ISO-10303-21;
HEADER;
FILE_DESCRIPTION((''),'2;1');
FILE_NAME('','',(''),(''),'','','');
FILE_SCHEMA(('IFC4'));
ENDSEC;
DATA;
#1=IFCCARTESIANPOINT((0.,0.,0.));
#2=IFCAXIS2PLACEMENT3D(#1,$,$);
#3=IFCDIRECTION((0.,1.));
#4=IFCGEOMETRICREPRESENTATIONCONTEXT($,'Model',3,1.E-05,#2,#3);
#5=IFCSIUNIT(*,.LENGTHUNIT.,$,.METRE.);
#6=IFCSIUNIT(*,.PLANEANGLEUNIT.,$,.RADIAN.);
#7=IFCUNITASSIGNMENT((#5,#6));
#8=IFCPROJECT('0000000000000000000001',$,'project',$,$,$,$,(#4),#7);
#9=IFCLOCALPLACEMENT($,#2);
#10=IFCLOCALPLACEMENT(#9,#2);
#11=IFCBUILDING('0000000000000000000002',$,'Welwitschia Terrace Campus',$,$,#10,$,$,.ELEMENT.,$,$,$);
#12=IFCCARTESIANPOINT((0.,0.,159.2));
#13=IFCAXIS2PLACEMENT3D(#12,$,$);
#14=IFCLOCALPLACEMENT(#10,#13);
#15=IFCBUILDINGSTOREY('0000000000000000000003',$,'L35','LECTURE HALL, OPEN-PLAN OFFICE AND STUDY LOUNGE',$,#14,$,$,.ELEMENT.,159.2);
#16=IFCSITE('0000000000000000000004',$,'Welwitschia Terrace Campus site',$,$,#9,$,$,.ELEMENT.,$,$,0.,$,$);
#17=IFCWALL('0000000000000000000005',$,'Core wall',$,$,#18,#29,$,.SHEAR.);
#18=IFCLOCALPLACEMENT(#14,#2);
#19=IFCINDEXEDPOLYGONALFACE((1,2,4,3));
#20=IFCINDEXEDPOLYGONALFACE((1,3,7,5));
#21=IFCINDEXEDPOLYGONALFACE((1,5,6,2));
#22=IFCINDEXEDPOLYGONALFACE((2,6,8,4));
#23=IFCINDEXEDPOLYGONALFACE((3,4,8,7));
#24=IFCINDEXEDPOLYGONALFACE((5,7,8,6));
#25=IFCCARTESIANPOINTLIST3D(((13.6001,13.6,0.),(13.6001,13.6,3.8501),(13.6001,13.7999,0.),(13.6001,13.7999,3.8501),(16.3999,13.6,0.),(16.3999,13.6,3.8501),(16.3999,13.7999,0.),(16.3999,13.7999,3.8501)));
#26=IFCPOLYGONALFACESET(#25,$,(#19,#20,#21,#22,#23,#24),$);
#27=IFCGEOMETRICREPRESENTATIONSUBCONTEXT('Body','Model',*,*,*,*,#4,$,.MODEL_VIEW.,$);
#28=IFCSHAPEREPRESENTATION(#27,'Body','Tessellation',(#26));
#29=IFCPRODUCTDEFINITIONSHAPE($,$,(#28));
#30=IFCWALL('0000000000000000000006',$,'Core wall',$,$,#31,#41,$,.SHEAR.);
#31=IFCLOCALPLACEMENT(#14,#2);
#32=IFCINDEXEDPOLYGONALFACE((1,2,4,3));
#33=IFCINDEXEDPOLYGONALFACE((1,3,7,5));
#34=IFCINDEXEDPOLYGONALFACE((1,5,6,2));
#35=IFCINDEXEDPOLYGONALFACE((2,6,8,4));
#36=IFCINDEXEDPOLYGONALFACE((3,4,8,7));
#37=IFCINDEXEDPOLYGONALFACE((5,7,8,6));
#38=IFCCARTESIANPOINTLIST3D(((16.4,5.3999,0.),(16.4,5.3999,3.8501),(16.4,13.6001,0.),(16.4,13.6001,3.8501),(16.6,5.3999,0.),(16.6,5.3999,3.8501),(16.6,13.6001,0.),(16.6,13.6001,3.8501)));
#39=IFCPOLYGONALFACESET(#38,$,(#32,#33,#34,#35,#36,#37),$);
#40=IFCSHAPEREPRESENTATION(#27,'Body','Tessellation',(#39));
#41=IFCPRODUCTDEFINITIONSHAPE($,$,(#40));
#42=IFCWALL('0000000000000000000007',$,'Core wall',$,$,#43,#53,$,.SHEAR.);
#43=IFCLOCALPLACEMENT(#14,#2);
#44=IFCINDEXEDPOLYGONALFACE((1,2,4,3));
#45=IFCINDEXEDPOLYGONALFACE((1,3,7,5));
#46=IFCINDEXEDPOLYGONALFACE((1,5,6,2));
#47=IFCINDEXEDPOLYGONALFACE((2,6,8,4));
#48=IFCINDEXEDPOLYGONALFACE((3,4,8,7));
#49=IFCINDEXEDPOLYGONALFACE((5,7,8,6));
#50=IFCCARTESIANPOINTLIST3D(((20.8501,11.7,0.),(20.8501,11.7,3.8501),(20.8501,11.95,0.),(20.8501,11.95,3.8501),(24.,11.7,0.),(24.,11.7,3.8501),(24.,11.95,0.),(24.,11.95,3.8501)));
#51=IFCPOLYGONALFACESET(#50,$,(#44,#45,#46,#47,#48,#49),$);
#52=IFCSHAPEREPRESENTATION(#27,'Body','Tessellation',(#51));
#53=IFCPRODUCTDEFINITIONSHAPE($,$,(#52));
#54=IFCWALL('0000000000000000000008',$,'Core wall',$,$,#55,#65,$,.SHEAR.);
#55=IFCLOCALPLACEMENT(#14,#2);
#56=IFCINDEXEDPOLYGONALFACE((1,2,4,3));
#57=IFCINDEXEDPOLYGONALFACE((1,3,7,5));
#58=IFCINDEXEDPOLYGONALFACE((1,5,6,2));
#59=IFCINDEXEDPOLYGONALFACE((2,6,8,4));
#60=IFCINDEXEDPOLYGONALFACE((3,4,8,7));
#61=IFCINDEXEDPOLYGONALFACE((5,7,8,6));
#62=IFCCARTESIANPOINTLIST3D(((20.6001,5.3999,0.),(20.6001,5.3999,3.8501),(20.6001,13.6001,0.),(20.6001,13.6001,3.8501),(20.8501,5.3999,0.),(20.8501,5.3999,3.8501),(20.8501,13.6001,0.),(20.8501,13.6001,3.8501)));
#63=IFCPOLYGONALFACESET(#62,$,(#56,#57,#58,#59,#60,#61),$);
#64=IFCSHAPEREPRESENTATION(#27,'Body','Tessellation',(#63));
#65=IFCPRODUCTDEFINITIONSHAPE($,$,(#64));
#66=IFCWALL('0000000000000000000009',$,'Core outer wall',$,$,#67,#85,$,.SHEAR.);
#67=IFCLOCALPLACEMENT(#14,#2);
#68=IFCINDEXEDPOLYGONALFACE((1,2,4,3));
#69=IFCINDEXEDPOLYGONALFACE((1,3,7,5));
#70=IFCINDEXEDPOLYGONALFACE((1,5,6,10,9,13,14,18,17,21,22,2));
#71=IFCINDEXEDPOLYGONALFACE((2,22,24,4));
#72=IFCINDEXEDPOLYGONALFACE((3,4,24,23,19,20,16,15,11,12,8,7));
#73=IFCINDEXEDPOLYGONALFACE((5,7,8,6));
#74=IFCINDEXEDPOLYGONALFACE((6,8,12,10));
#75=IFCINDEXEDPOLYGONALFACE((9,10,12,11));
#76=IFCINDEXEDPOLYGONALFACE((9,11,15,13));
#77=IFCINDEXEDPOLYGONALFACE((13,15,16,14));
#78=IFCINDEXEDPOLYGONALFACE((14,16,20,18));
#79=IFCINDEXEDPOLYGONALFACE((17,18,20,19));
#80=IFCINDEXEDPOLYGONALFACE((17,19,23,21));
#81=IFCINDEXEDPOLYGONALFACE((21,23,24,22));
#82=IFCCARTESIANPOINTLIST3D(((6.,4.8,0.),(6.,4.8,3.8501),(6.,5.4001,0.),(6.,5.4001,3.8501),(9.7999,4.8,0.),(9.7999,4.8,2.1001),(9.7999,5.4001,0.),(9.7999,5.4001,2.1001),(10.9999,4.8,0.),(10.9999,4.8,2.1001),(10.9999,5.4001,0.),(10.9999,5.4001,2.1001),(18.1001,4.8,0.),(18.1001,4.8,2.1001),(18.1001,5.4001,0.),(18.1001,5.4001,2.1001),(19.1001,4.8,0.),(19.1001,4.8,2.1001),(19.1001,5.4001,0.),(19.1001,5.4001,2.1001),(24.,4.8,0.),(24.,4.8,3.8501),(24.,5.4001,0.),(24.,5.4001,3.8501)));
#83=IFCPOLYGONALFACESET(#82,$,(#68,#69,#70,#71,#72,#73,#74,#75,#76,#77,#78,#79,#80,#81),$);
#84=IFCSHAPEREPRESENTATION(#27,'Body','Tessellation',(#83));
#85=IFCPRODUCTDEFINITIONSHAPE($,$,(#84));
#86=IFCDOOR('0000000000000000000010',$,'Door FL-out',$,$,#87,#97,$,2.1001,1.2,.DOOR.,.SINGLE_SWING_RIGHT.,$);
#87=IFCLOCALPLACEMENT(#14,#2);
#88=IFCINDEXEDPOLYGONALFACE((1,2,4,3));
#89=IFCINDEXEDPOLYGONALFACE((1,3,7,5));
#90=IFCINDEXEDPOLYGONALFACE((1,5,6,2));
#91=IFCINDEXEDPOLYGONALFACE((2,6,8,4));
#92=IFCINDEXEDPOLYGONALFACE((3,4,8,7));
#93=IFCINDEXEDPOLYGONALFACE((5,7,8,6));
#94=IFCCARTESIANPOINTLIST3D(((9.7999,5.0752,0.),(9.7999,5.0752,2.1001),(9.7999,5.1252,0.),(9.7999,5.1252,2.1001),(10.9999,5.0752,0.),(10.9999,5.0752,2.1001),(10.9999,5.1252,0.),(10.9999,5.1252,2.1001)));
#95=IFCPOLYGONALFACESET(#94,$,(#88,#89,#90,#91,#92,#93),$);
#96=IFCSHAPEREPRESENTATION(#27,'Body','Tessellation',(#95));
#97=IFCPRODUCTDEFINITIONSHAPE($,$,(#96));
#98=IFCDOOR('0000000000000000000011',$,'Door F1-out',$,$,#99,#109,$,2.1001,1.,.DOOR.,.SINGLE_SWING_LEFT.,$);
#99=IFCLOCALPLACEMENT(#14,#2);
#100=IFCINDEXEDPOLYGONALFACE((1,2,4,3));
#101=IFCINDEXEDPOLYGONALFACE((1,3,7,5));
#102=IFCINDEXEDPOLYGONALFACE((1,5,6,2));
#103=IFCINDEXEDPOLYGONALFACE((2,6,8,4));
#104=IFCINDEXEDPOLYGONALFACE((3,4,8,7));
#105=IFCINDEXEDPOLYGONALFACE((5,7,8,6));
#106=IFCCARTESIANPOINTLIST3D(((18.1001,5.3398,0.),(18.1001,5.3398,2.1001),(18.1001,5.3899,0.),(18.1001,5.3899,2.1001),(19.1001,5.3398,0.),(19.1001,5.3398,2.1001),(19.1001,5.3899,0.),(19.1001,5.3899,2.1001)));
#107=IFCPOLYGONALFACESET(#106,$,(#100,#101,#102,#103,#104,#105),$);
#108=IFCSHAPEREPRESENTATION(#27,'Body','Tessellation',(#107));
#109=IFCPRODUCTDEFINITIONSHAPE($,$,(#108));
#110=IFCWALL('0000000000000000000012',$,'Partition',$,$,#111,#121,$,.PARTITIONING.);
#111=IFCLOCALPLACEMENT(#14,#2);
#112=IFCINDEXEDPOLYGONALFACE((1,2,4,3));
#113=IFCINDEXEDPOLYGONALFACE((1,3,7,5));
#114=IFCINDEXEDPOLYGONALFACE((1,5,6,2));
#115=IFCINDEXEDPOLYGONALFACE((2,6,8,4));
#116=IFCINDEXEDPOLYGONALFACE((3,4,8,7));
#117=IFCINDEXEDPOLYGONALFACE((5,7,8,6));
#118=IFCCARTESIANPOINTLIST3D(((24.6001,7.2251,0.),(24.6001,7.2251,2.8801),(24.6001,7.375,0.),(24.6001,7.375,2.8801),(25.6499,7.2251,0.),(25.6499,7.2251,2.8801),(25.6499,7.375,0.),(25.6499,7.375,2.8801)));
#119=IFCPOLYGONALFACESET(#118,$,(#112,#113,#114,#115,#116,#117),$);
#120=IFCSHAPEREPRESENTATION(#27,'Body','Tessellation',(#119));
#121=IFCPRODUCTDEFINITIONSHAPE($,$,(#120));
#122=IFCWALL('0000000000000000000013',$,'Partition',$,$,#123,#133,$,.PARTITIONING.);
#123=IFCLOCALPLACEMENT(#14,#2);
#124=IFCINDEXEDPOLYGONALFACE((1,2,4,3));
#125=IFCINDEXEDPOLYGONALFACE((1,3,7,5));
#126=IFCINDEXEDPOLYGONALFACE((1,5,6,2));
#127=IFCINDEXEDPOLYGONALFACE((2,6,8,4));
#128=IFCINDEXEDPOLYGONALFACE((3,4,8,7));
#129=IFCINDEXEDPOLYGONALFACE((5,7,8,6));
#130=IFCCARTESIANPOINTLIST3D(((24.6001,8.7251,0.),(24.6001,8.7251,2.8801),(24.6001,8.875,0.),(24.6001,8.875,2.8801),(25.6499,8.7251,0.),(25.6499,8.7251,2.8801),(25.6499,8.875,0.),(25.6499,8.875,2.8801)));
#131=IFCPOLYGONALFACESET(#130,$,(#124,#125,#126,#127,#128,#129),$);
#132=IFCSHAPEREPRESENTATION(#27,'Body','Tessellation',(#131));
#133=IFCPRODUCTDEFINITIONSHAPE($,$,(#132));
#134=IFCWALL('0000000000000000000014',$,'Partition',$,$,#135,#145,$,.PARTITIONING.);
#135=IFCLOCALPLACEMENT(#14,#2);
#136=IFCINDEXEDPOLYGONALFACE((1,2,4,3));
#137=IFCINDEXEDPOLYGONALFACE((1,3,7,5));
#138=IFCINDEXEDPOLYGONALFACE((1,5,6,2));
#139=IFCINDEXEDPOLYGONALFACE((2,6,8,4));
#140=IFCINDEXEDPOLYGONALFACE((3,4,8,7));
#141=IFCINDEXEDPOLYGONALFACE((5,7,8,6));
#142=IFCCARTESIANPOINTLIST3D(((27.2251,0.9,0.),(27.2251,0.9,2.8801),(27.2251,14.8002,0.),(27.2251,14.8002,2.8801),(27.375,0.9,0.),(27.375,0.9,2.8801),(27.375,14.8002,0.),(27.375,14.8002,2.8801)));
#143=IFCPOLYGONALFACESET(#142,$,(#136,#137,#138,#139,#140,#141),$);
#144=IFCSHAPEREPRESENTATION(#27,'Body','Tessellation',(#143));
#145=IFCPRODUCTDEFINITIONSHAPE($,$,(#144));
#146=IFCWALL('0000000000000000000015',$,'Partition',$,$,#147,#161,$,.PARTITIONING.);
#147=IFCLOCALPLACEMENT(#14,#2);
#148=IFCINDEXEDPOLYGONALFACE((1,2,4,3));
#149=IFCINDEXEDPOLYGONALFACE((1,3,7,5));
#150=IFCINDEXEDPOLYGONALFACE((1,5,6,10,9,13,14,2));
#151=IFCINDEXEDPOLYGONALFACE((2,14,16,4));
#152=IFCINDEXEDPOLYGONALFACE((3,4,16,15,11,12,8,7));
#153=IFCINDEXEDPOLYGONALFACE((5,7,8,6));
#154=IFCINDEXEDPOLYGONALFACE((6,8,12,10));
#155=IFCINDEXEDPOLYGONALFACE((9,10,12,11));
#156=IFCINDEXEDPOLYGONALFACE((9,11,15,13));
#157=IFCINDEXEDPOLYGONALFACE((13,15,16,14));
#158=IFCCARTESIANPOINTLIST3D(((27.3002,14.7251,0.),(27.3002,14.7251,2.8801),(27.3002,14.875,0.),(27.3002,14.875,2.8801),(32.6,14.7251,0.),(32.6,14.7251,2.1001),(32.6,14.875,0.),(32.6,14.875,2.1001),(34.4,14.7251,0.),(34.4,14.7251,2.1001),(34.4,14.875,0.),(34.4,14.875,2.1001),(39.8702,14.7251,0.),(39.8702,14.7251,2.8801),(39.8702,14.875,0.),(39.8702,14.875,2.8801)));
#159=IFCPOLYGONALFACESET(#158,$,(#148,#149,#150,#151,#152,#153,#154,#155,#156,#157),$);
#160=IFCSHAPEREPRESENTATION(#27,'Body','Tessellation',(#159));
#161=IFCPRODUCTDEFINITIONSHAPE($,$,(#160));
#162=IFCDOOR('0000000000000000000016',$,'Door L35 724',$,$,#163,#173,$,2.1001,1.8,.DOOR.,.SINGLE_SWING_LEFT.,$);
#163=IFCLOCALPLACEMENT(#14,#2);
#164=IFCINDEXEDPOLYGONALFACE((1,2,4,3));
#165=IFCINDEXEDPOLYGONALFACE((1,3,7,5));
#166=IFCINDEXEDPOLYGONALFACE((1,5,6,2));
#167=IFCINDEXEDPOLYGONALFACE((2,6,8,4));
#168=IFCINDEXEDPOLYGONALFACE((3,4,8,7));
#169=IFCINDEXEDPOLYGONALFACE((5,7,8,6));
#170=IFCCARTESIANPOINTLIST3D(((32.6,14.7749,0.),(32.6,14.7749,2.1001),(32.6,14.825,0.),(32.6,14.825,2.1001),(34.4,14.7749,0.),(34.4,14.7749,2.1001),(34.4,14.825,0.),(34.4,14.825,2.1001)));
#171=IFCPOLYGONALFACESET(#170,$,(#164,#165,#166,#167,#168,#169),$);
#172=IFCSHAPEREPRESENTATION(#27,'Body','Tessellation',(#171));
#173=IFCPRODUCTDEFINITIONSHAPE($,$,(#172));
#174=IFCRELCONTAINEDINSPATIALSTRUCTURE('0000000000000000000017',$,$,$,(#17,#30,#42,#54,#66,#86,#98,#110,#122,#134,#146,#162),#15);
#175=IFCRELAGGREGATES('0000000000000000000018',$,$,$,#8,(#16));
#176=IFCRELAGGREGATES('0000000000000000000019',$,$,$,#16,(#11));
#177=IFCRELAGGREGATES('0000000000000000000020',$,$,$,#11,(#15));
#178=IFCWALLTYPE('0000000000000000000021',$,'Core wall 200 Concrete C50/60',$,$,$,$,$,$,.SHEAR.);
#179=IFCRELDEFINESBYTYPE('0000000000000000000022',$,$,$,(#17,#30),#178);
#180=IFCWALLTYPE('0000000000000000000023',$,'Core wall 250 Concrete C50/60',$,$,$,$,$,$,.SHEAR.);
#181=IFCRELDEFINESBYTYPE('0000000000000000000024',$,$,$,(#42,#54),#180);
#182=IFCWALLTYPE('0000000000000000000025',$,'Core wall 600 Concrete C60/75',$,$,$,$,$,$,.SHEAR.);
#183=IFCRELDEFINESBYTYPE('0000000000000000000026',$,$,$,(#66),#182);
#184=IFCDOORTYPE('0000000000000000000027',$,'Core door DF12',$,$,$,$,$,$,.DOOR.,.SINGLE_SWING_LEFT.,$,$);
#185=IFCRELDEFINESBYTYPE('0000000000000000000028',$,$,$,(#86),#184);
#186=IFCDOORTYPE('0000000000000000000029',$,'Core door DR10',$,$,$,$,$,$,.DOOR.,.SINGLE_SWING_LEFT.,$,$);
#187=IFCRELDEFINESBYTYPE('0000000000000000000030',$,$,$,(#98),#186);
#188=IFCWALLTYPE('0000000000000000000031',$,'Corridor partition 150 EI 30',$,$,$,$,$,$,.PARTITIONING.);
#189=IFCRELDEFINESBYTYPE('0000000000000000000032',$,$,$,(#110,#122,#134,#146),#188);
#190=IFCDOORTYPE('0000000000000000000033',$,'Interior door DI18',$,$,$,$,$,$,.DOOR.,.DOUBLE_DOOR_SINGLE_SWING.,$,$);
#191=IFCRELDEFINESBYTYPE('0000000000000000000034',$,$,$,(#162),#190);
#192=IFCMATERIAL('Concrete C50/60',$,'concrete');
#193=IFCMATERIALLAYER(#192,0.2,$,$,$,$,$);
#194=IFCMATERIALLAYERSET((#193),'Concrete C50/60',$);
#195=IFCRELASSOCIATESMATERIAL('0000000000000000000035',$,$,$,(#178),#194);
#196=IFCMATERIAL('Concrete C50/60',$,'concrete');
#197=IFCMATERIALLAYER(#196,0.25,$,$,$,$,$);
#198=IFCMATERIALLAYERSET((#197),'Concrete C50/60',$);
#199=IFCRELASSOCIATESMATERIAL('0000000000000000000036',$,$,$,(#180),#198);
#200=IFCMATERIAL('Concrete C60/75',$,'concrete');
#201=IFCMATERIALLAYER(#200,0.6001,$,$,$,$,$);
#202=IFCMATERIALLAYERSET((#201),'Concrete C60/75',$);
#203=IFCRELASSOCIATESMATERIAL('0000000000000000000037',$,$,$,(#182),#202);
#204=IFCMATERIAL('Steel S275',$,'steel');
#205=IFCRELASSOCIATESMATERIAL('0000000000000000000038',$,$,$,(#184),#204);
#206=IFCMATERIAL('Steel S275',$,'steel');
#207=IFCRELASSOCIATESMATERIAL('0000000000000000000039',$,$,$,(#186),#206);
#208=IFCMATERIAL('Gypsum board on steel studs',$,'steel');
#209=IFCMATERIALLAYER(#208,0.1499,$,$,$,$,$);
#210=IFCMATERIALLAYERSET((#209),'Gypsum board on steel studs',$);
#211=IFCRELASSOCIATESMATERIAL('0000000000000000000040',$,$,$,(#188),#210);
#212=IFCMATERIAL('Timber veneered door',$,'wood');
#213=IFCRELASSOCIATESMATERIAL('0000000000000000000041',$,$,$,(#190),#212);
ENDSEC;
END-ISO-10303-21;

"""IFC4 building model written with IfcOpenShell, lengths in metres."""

from ifc_helpers import new_model, si_unit, direction, frame, frame_2d, origin, place, context, subcontext, project, spatial, rectangle, extrude, material, layer, layer_set, type_object, element, fill, save


model = new_model("IFC4")

# Units and contexts
model_context = context("Model", 3, precision=1e-05, world=origin(), true_north=direction((0.0, 1.0)))
body_context = subcontext(model_context, "Body", "Model", "MODEL_VIEW")
ifc_project = project(units=[si_unit("LENGTHUNIT", "METRE"), si_unit("PLANEANGLEUNIT", "RADIAN")], contexts=[model_context])

# Site, building, storey
site_placement = place(None, origin())
site = spatial("IfcSite", under=ifc_project, at=site_placement, Name="Welwitschia Terrace Campus site", CompositionType="ELEMENT", RefElevation=0.0)
building_placement = place(site_placement, origin())
building = spatial("IfcBuilding", under=site, at=building_placement, Name="Welwitschia Terrace Campus", CompositionType="ELEMENT")
storey_placement = place(building_placement, frame((0.0, 0.0, 159.2)))
storey = spatial("IfcBuildingStorey", under=building, at=storey_placement, Name="L35", Description="LECTURE HALL, OPEN-PLAN OFFICE AND STUDY LOUNGE", CompositionType="ELEMENT", Elevation=159.2)

# Walls
ifc_material_1 = material(Name="Concrete C50/60", Category="concrete")
ifc_layer_1 = layer(ifc_material_1, 0.2)
ifc_layer_set_1 = layer_set([ifc_layer_1], Name="Concrete C50/60")
wall_type_1 = type_object("IfcWallType", Name="Core wall 200 Concrete C50/60", PredefinedType="SHEAR", material=ifc_layer_set_1)
wall_1_placement = place(storey_placement, frame((13.6001, 13.7, 0.0), z_axis=(0.0, 0.0, 1.0), x_axis=(1.0, 0.0, 0.0)))
element("IfcWall", 1, at=wall_1_placement, inside=storey, type_object=wall_type_1, Name="Core wall", PredefinedType="SHEAR", context=body_context, shape_type="SweptSolid", body=[
    extrude(rectangle(XDim=2.7998, YDim=0.2, at=frame_2d((1.3999, 0.0))), origin(), (0.0, 0.0, 1.0), 3.8501),
])
wall_2_placement = place(storey_placement, frame((16.5, 5.3999, 0.0), z_axis=(0.0, 0.0, 1.0), x_axis=(0.0, 1.0, 0.0)))
element("IfcWall", 2, at=wall_2_placement, inside=storey, type_object=wall_type_1, Name="Core wall", PredefinedType="SHEAR", context=body_context, shape_type="SweptSolid", body=[
    extrude(rectangle(XDim=8.2002, YDim=0.2, at=frame_2d((4.1001, 0.0))), origin(), (0.0, 0.0, 1.0), 3.8501),
])
ifc_material_2 = material(Name="Concrete C50/60", Category="concrete")
ifc_layer_2 = layer(ifc_material_2, 0.25)
ifc_layer_set_2 = layer_set([ifc_layer_2], Name="Concrete C50/60")
wall_type_2 = type_object("IfcWallType", Name="Core wall 250 Concrete C50/60", PredefinedType="SHEAR", material=ifc_layer_set_2)
wall_3_placement = place(storey_placement, frame((20.8501, 11.825, 0.0), z_axis=(0.0, 0.0, 1.0), x_axis=(1.0, 0.0, 0.0)))
element("IfcWall", 3, at=wall_3_placement, inside=storey, type_object=wall_type_2, Name="Core wall", PredefinedType="SHEAR", context=body_context, shape_type="SweptSolid", body=[
    extrude(rectangle(XDim=3.1499, YDim=0.25, at=frame_2d((1.575, 0.0))), origin(), (0.0, 0.0, 1.0), 3.8501),
])
wall_4_placement = place(storey_placement, frame((20.7251, 5.3999, 0.0), z_axis=(0.0, 0.0, 1.0), x_axis=(0.0, 1.0, 0.0)))
element("IfcWall", 4, at=wall_4_placement, inside=storey, type_object=wall_type_2, Name="Core wall", PredefinedType="SHEAR", context=body_context, shape_type="SweptSolid", body=[
    extrude(rectangle(XDim=8.2002, YDim=0.25, at=frame_2d((4.1001, 0.0))), origin(), (0.0, 0.0, 1.0), 3.8501),
])

# Wall, openings, doors
ifc_material_3 = material(Name="Concrete C60/75", Category="concrete")
ifc_layer_3 = layer(ifc_material_3, 0.6001)
ifc_layer_set_3 = layer_set([ifc_layer_3], Name="Concrete C60/75")
wall_type_3 = type_object("IfcWallType", Name="Core wall 600 Concrete C60/75", PredefinedType="SHEAR", material=ifc_layer_set_3)
wall_5_placement = place(storey_placement, frame((24.0, 5.1001, 0.0), z_axis=(0.0, 0.0, 1.0), x_axis=(-1.0, 0.0, 0.0)))
wall_5 = element("IfcWall", 5, at=wall_5_placement, inside=storey, type_object=wall_type_3, Name="Core outer wall", PredefinedType="SHEAR", context=body_context, shape_type="SweptSolid", body=[
    extrude(rectangle(XDim=18.0, YDim=0.6001, at=frame_2d((9.0, 0.0))), origin(), (0.0, 0.0, 1.0), 3.8501),
])
opening_1_placement = place(wall_5_placement, frame((13.0, 0.0, 0.0)))
opening_1 = element("IfcOpeningElement", 6, at=opening_1_placement, cuts=wall_5, PredefinedType="OPENING", context=body_context, shape_type="SweptSolid", body=[
    extrude(rectangle(XDim=1.2, YDim=2.1001, at=frame_2d((0.6001, 1.05))), frame((0.0, 0.3101, 0.0), z_axis=(0.0, -1.0, 0.0), x_axis=(1.0, 0.0, 0.0)), (0.0, 0.0, 1.0), 0.6201),
])
opening_2_placement = place(wall_5_placement, frame((4.8999, 0.0, 0.0)))
opening_2 = element("IfcOpeningElement", 7, at=opening_2_placement, cuts=wall_5, PredefinedType="OPENING", context=body_context, shape_type="SweptSolid", body=[
    extrude(rectangle(XDim=1.0, YDim=2.1001, at=frame_2d((0.5, 1.05))), frame((0.0, 0.3101, 0.0), z_axis=(0.0, -1.0, 0.0), x_axis=(1.0, 0.0, 0.0)), (0.0, 0.0, 1.0), 0.6201),
])
ifc_material_4 = material(Name="Steel S275", Category="steel")
door_type_1 = type_object("IfcDoorType", Name="Core door DF12", OperationType="SINGLE_SWING_LEFT", PredefinedType="DOOR", material=ifc_material_4)
door_1_placement = place(opening_1_placement, origin())
door_1 = element("IfcDoor", 8, at=door_1_placement, inside=storey, type_object=door_type_1, Name="Door FL-out", OperationType="SINGLE_SWING_RIGHT", OverallHeight=2.1001, OverallWidth=1.2, PredefinedType="DOOR", context=body_context, shape_type="SweptSolid", body=[
    extrude(rectangle(XDim=1.2, YDim=2.1001, at=frame_2d((0.6001, 1.05))), frame((0.0, 0.0249, 0.0), z_axis=(0.0, -1.0, 0.0), x_axis=(1.0, 0.0, 0.0)), (0.0, 0.0, 1.0), 0.05),
])
fill(opening_1, door_1)
ifc_material_5 = material(Name="Steel S275", Category="steel")
door_type_2 = type_object("IfcDoorType", Name="Core door DR10", OperationType="SINGLE_SWING_LEFT", PredefinedType="DOOR", material=ifc_material_5)
door_2_placement = place(opening_2_placement, origin())
door_2 = element("IfcDoor", 9, at=door_2_placement, inside=storey, type_object=door_type_2, Name="Door F1-out", OperationType="SINGLE_SWING_LEFT", OverallHeight=2.1001, OverallWidth=1.0, PredefinedType="DOOR", context=body_context, shape_type="SweptSolid", body=[
    extrude(rectangle(XDim=1.0, YDim=2.1001, at=frame_2d((0.5, 1.05))), frame((0.0, -0.2397, 0.0), z_axis=(0.0, -1.0, 0.0), x_axis=(1.0, 0.0, 0.0)), (0.0, 0.0, 1.0), 0.05),
])
fill(opening_2, door_2)

# Walls
ifc_material_6 = material(Name="Gypsum board on steel studs", Category="steel")
ifc_layer_4 = layer(ifc_material_6, 0.1499)
ifc_layer_set_4 = layer_set([ifc_layer_4], Name="Gypsum board on steel studs")
wall_type_4 = type_object("IfcWallType", Name="Corridor partition 150 EI 30", PredefinedType="PARTITIONING", material=ifc_layer_set_4)
for number, where, z_axis, x_axis, name in (
    (10, (24.6001, 7.3, 0.0), (0.0, 0.0, 1.0), (1.0, 0.0, 0.0), "Partition"),
    (11, (24.6001, 8.8, 0.0), (0.0, 0.0, 1.0), (1.0, 0.0, 0.0), "Partition"),
):
    element("IfcWall", number, at=place(storey_placement, frame(where, z_axis=z_axis, x_axis=x_axis)), inside=storey, type_object=wall_type_4, Name=name, PredefinedType="PARTITIONING", context=body_context, shape_type="SweptSolid", body=[
        extrude(rectangle(XDim=1.0498, YDim=0.1499, at=frame_2d((0.5249, 0.0))), origin(), (0.0, 0.0, 1.0), 2.8801),
    ])
wall_6_placement = place(storey_placement, frame((27.3, 0.8999, 0.0), z_axis=(0.0, 0.0, 1.0), x_axis=(0.0, 1.0, 0.0)))
element("IfcWall", 12, at=wall_6_placement, inside=storey, type_object=wall_type_4, Name="Partition", PredefinedType="PARTITIONING", context=body_context, shape_type="SweptSolid", body=[
    extrude(rectangle(XDim=13.9001, YDim=0.1499, at=frame_2d((6.9502, 0.0))), origin(), (0.0, 0.0, 1.0), 2.8801),
])

# Wall, opening, door
wall_7_placement = place(storey_placement, frame((27.3, 14.8, 0.0), z_axis=(0.0, 0.0, 1.0), x_axis=(1.0, 0.0, 0.0)))
wall_7 = element("IfcWall", 13, at=wall_7_placement, inside=storey, type_object=wall_type_4, Name="Partition", PredefinedType="PARTITIONING", context=body_context, shape_type="SweptSolid", body=[
    extrude(rectangle(XDim=12.5701, YDim=0.1499, at=frame_2d((6.2852, 0.0))), origin(), (0.0, 0.0, 1.0), 2.8801),
])
opening_3_placement = place(wall_7_placement, frame((5.3, 0.0, 0.0)))
opening_3 = element("IfcOpeningElement", 14, at=opening_3_placement, cuts=wall_7, PredefinedType="OPENING", context=body_context, shape_type="SweptSolid", body=[
    extrude(rectangle(XDim=1.8, YDim=2.1001, at=frame_2d((0.8999, 1.05))), frame((0.0, 0.085, 0.0), z_axis=(0.0, -1.0, 0.0), x_axis=(1.0, 0.0, 0.0)), (0.0, 0.0, 1.0), 0.1699),
])
ifc_material_7 = material(Name="Timber veneered door", Category="wood")
door_type_3 = type_object("IfcDoorType", Name="Interior door DI18", OperationType="DOUBLE_DOOR_SINGLE_SWING", PredefinedType="DOOR", material=ifc_material_7)
door_3_placement = place(opening_3_placement, origin())
door_3 = element("IfcDoor", 15, at=door_3_placement, inside=storey, type_object=door_type_3, Name="Door L35 724", OperationType="SINGLE_SWING_LEFT", OverallHeight=2.1001, OverallWidth=1.8, PredefinedType="DOOR", context=body_context, shape_type="SweptSolid", body=[
    extrude(rectangle(XDim=1.8, YDim=2.1001, at=frame_2d((0.8999, 1.05))), frame((0.0, 0.0249, 0.0), z_axis=(0.0, -1.0, 0.0), x_axis=(1.0, 0.0, 0.0)), (0.0, 0.0, 1.0), 0.05),
])
fill(opening_3, door_3)

save(model, "model.ifc")
